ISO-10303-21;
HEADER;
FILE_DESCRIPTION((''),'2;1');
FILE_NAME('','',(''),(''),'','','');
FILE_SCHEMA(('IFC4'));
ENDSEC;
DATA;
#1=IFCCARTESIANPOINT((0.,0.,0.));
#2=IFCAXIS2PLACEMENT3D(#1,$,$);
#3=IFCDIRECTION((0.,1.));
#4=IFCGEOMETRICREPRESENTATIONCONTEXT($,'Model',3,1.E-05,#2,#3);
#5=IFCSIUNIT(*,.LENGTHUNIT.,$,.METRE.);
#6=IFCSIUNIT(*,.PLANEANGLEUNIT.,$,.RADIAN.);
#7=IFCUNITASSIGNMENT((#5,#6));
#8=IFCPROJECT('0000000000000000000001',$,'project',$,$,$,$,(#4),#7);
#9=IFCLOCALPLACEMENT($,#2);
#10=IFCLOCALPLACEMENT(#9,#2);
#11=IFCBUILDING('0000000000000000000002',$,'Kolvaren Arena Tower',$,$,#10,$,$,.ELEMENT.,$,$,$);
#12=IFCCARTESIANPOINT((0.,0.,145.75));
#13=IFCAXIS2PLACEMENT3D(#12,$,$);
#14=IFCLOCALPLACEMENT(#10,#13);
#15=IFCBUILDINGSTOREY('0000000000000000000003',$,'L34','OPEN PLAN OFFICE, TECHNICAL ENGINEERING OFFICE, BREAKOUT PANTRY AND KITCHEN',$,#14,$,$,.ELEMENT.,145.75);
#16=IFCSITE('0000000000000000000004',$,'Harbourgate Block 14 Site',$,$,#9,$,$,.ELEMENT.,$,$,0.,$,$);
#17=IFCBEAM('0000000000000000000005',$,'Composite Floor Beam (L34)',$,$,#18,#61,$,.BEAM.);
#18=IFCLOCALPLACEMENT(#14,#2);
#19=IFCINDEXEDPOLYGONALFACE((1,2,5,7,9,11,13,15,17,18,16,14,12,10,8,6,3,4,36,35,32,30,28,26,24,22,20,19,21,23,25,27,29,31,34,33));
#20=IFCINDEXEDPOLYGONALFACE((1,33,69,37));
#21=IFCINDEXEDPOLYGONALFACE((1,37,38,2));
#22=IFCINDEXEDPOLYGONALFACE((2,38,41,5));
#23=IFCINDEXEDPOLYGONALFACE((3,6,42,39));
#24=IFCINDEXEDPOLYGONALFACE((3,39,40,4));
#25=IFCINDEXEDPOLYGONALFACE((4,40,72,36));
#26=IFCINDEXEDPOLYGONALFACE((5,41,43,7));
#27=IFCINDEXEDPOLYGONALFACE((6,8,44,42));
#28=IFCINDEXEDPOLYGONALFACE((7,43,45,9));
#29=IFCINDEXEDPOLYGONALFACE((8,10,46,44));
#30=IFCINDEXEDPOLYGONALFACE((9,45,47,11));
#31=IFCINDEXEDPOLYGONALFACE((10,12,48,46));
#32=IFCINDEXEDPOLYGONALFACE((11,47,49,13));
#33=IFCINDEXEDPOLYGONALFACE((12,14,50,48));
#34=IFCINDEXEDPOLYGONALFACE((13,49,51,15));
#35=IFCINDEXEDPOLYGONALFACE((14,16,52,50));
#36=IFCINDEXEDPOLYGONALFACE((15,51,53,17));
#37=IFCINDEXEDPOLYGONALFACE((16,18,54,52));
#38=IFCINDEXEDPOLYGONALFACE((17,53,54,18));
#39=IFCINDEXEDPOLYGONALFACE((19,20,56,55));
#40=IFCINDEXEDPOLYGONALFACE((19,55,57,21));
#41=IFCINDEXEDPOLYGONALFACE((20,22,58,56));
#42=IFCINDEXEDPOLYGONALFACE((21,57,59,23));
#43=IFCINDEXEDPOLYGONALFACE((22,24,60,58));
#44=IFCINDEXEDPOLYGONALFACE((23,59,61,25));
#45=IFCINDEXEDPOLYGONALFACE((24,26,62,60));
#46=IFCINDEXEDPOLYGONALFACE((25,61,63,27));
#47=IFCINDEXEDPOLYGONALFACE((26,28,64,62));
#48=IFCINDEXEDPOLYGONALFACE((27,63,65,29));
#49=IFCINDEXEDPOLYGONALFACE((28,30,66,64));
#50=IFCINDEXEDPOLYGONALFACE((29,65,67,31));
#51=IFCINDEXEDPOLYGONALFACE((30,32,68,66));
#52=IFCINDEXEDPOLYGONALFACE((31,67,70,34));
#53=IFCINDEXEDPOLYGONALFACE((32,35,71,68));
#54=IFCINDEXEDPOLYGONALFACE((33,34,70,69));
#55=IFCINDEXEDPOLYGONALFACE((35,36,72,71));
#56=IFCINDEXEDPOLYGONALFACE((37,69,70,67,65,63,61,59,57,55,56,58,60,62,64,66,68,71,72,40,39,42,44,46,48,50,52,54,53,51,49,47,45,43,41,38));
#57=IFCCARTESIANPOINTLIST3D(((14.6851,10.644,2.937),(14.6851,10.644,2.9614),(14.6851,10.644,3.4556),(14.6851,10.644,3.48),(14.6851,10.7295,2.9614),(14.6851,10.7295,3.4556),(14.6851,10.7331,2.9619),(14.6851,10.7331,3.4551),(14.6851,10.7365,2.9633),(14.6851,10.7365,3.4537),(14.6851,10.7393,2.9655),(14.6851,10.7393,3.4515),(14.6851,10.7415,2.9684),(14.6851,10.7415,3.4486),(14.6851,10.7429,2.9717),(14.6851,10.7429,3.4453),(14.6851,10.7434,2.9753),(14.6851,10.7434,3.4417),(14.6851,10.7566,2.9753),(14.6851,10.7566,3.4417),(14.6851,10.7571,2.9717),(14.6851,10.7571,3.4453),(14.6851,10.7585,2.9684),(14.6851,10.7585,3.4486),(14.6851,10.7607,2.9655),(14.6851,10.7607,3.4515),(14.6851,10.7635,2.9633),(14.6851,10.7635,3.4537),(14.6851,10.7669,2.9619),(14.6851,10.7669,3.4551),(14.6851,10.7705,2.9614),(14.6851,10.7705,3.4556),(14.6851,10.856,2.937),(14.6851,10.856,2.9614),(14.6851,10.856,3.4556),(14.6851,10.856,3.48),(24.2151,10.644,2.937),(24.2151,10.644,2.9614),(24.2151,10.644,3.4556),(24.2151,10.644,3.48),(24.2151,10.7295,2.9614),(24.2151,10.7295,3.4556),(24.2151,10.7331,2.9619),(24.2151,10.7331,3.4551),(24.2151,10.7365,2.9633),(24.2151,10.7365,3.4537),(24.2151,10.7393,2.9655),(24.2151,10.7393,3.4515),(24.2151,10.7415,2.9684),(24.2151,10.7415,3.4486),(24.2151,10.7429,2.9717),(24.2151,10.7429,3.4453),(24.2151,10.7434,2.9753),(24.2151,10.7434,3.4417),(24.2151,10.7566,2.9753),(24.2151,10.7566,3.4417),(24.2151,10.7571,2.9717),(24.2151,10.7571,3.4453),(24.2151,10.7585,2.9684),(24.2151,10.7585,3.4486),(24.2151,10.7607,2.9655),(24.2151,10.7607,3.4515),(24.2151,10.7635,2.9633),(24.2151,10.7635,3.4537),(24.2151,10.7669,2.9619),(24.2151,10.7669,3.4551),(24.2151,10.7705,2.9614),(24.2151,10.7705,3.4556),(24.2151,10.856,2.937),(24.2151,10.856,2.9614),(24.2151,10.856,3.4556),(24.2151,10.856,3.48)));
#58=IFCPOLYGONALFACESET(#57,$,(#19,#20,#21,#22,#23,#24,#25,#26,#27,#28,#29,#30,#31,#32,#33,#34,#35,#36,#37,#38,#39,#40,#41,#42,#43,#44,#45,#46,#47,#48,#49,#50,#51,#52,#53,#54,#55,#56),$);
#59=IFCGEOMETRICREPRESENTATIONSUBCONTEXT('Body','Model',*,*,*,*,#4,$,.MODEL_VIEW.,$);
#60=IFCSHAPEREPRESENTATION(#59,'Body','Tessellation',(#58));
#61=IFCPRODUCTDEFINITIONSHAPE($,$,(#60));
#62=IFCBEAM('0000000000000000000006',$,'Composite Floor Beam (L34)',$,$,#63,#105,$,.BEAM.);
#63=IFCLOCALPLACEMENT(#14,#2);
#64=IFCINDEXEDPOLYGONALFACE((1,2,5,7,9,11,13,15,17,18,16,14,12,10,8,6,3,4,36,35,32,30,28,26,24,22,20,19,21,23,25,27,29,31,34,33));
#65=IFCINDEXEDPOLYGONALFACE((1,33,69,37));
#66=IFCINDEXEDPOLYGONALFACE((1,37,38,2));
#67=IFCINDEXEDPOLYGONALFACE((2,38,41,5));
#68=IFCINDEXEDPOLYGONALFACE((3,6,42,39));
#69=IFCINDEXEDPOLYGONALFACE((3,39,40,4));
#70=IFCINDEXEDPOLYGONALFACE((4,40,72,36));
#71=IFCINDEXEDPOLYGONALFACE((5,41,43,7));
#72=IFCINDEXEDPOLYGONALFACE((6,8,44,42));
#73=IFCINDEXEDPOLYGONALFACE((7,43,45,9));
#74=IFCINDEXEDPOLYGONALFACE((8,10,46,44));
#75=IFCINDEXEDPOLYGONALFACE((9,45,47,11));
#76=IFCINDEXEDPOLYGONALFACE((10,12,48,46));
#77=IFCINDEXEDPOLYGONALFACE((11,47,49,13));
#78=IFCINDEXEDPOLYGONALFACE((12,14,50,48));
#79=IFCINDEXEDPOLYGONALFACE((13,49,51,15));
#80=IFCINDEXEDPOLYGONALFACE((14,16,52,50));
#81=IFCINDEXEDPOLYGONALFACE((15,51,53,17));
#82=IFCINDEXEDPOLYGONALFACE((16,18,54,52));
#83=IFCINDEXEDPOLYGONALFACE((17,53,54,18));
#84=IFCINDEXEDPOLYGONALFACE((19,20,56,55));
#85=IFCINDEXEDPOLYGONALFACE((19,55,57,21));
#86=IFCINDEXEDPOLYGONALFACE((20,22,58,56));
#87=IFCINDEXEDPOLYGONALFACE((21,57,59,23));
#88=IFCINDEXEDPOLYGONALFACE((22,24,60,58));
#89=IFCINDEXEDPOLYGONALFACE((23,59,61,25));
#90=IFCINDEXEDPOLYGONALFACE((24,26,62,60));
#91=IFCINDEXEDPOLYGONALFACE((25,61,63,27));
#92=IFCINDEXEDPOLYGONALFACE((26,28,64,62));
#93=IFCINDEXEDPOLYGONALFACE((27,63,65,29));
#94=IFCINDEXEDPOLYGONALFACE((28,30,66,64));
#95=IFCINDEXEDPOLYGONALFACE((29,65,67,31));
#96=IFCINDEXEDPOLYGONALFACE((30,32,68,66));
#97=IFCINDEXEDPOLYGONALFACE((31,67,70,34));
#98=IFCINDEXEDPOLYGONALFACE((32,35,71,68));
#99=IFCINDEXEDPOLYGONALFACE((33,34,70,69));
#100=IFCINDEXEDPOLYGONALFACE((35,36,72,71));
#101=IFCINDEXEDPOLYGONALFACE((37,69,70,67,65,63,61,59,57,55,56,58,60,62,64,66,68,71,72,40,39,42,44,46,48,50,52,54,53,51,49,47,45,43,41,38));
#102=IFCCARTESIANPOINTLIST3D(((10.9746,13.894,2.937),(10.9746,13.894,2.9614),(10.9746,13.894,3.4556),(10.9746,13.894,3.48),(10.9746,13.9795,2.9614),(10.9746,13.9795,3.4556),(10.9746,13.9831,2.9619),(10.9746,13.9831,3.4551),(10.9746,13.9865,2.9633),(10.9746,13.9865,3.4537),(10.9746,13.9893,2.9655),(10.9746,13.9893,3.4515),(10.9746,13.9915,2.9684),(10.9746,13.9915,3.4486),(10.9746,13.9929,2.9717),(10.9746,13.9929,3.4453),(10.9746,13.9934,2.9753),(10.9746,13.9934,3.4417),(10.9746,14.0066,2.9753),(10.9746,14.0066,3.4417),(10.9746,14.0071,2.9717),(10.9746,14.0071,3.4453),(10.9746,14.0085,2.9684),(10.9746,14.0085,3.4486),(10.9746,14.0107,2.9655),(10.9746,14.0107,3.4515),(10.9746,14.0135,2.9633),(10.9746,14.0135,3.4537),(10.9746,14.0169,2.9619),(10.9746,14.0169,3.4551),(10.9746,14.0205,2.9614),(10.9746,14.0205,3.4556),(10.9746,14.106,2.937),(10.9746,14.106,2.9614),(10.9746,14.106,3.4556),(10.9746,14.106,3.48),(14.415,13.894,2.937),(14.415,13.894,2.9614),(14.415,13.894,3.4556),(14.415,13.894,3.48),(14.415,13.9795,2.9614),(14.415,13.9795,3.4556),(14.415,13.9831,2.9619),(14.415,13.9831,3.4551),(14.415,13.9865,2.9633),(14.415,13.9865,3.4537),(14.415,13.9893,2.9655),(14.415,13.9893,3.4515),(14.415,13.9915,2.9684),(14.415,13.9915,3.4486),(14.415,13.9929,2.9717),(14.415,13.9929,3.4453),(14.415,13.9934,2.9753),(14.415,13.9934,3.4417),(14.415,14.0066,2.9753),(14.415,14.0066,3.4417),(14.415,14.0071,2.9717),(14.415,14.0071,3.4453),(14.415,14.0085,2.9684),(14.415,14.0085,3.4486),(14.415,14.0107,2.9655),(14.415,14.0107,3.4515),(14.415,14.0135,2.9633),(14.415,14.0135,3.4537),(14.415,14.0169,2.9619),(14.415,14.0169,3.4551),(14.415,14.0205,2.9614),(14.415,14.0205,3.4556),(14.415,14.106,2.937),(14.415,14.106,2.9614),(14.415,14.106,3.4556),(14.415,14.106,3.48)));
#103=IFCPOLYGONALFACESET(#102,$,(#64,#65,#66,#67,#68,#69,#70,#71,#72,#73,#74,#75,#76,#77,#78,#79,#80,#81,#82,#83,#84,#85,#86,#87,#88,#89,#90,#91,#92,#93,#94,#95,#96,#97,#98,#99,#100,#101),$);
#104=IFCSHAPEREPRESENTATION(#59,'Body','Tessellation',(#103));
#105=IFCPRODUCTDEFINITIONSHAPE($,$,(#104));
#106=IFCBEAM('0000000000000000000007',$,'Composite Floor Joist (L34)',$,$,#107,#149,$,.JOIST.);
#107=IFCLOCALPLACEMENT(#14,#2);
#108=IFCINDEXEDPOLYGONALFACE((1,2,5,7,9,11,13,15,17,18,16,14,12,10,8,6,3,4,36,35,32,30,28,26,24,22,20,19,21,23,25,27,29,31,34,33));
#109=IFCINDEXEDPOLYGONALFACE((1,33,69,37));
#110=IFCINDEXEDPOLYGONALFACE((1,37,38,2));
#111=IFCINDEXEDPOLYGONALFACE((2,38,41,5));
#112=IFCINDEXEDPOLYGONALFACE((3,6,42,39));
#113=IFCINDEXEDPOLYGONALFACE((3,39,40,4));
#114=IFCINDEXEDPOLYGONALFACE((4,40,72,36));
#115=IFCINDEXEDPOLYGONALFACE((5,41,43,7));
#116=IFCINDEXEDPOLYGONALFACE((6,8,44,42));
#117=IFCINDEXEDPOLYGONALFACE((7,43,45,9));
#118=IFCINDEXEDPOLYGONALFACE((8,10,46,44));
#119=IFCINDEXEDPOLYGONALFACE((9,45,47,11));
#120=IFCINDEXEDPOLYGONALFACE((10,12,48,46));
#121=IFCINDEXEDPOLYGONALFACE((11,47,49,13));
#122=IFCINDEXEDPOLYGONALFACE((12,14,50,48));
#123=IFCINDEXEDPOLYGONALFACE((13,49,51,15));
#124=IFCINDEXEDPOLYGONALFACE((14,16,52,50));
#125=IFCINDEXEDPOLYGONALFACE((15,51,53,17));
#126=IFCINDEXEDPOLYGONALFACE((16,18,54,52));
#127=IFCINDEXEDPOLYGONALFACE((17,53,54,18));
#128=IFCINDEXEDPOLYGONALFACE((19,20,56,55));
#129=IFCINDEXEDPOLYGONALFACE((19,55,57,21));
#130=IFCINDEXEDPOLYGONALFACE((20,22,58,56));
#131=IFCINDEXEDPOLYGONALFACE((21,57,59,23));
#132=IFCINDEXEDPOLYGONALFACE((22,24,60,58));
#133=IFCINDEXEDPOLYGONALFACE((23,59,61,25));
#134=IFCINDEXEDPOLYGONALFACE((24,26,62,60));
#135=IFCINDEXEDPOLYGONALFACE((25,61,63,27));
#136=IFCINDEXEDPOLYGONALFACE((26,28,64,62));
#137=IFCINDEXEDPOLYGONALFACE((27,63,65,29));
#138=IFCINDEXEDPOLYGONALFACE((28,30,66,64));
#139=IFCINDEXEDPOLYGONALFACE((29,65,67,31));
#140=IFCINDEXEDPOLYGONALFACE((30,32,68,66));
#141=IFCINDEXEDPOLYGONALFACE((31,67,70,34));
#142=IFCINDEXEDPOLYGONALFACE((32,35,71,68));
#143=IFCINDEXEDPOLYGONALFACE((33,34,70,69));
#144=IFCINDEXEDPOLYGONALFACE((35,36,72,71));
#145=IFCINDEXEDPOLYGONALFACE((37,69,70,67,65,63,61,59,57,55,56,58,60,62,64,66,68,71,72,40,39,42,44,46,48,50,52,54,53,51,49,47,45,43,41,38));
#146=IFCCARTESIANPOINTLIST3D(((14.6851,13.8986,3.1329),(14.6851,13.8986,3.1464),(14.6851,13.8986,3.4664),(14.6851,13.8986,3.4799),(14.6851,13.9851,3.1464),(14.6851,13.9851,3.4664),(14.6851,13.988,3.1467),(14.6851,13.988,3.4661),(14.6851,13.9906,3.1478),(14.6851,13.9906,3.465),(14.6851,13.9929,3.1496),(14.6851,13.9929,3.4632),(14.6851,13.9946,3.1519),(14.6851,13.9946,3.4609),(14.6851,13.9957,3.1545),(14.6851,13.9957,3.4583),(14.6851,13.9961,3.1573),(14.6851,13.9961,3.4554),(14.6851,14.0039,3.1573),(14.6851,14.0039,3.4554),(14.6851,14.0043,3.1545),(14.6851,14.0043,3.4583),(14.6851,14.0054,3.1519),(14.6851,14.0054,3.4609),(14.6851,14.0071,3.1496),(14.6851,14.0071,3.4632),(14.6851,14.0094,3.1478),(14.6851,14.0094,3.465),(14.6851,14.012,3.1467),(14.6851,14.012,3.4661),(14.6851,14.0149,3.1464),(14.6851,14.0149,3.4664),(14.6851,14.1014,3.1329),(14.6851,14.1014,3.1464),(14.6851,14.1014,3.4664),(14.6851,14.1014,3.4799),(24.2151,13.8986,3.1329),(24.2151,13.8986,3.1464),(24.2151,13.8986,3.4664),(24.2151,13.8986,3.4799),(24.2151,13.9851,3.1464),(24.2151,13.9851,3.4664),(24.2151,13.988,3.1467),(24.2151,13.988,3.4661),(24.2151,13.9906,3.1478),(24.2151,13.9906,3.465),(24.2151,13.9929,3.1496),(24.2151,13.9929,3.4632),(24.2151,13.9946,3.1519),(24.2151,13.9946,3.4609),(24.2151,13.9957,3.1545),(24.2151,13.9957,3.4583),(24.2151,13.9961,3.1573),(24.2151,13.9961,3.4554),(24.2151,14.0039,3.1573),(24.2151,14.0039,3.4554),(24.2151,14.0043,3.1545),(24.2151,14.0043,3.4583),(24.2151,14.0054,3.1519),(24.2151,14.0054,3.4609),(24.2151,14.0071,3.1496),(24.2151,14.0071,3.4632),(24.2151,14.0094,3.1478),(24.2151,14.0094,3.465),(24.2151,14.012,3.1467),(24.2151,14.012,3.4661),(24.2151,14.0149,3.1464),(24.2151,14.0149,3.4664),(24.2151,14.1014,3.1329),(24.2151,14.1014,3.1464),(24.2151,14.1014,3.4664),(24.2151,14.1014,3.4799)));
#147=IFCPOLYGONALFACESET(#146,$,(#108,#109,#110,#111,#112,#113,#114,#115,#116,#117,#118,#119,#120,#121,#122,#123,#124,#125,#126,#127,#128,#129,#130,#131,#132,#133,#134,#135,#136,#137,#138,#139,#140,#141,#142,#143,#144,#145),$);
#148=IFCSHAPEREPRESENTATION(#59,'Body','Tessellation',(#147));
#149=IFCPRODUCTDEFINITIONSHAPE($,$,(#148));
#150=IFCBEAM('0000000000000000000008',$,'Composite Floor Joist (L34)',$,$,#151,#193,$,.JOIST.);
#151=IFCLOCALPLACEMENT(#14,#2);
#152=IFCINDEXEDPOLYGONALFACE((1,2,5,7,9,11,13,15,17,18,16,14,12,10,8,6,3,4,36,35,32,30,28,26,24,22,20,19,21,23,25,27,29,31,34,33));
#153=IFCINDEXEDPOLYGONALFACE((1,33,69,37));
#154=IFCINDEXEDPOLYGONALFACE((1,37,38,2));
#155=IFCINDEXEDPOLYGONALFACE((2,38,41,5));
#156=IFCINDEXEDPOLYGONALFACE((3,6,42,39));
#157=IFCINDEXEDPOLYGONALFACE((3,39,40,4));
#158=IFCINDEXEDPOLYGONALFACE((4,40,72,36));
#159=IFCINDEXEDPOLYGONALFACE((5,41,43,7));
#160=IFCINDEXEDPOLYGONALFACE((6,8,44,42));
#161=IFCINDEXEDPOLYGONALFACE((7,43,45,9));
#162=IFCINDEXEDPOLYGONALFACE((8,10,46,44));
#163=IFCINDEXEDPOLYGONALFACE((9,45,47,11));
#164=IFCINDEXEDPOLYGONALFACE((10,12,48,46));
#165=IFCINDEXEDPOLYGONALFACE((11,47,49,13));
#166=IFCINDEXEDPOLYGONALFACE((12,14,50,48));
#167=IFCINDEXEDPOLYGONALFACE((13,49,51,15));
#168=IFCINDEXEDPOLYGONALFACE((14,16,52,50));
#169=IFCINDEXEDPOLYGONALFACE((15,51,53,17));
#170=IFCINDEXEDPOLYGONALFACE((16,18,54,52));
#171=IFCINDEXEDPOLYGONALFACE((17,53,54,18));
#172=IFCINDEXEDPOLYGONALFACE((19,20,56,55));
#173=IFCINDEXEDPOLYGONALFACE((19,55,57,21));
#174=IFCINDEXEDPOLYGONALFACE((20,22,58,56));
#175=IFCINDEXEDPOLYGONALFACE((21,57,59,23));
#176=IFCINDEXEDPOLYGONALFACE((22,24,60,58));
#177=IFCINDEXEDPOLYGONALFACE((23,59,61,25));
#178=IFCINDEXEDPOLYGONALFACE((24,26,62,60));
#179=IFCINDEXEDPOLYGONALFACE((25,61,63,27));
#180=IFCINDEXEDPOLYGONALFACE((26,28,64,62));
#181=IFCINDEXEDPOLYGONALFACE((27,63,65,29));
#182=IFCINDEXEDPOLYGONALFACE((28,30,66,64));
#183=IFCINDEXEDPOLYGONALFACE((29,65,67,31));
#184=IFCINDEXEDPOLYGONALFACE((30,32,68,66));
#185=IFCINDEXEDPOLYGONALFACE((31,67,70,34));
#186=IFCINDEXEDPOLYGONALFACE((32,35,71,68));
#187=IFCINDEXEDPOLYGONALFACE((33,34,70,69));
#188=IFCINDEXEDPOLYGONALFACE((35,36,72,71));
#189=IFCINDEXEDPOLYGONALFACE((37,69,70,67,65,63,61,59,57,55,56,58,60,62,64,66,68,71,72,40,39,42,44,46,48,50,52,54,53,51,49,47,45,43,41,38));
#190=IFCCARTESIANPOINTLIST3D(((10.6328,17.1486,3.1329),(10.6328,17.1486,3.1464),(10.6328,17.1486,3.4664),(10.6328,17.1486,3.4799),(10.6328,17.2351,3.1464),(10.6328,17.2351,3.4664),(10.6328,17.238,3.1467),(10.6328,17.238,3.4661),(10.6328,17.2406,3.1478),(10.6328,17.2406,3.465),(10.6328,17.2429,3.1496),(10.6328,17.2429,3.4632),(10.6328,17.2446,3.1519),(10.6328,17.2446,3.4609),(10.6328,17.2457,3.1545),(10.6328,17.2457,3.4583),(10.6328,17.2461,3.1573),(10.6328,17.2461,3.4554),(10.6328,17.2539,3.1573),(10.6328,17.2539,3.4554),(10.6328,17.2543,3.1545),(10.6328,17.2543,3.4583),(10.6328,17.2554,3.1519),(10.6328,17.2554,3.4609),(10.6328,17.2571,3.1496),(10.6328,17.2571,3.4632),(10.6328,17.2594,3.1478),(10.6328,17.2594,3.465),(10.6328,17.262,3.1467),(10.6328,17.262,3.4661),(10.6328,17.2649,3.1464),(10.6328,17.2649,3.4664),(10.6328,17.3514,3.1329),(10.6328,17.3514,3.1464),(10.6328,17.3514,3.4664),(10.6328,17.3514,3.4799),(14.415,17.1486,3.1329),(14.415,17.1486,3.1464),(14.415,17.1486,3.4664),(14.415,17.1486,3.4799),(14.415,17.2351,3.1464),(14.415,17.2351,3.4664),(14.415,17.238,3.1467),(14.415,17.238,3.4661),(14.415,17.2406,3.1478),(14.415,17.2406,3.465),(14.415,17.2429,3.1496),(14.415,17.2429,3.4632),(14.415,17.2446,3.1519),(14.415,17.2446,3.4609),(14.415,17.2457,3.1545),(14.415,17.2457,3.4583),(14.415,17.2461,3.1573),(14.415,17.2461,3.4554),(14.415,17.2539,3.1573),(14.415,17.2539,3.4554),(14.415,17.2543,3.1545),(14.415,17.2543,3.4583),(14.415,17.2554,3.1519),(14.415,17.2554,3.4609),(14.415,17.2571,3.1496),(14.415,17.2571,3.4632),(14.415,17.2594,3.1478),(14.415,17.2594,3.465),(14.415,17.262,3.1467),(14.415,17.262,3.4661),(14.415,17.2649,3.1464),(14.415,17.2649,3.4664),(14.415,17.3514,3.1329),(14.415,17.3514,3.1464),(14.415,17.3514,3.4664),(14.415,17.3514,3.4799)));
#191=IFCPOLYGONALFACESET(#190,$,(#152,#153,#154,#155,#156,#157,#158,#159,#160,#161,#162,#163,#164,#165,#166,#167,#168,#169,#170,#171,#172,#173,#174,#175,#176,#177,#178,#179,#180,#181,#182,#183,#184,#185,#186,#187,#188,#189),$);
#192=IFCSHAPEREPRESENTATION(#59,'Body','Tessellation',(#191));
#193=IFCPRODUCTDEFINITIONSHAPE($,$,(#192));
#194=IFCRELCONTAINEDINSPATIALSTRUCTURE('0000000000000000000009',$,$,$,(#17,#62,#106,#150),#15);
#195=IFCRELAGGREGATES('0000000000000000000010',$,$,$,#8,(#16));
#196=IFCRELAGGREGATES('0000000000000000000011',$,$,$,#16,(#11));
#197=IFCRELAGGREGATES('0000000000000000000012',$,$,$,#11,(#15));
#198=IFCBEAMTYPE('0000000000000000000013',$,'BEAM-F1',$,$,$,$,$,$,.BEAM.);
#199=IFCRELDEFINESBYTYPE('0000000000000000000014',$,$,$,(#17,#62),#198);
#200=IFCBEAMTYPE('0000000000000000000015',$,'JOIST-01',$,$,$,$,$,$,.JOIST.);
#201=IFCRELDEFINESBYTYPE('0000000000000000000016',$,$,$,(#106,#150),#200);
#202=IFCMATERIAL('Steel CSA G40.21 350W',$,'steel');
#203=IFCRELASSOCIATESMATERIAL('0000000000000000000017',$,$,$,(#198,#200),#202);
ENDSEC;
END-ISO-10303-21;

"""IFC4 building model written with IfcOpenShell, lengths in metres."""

from ifc_helpers import new_model, si_unit, direction, frame, origin, origin_2d, place, context, subcontext, project, spatial, i_section, extrude, material, material_profile, profile_set, type_object, element, save


model = new_model("IFC4")

# Units and contexts
model_context = context("Model", 3, precision=1e-05, world=origin(), true_north=direction((0.0, 1.0)))
body_context = subcontext(model_context, "Body", "Model", "MODEL_VIEW")
ifc_project = project(units=[si_unit("LENGTHUNIT", "METRE"), si_unit("PLANEANGLEUNIT", "RADIAN")], contexts=[model_context])

# Site, building, storey
site_placement = place(None, origin())
site = spatial("IfcSite", under=ifc_project, at=site_placement, Name="Harbourgate Block 14 Site", CompositionType="ELEMENT", RefElevation=0.0)
building_placement = place(site_placement, origin())
building = spatial("IfcBuilding", under=site, at=building_placement, Name="Kolvaren Arena Tower", CompositionType="ELEMENT")
storey_placement = place(building_placement, frame((0.0, 0.0, 145.75)))
storey = spatial("IfcBuildingStorey", under=building, at=storey_placement, Name="L34", Description="OPEN PLAN OFFICE, TECHNICAL ENGINEERING OFFICE, BREAKOUT PANTRY AND KITCHEN", CompositionType="ELEMENT", Elevation=145.75)

# Beams
ifc_material_1 = material(Name="Steel CSA G40.21 350W", Category="steel")
ifc_material_profile_1 = material_profile(ifc_material_1, i_section(OverallWidth=0.2119, OverallDepth=0.543, WebThickness=0.0132, FlangeThickness=0.0244, FilletRadius=0.0139, at=origin_2d()), Name="W530x150")
ifc_profile_set_1 = profile_set([ifc_material_profile_1], Name="Steel CSA G40.21 350W")
beam_type_1 = type_object("IfcBeamType", Name="BEAM-F1", PredefinedType="BEAM", material=ifc_profile_set_1)
beam_1_placement = place(storey_placement, frame((14.6851, 10.75, 3.2085), z_axis=(1.0, 0.0, 0.0), x_axis=(0.0, 1.0, 0.0)))
element("IfcBeam", 1, at=beam_1_placement, inside=storey, type_object=beam_type_1, Name="Composite Floor Beam (L34)", PredefinedType="BEAM", context=body_context, shape_type="SweptSolid", body=[
    extrude(i_section(OverallWidth=0.2119, OverallDepth=0.543, WebThickness=0.0132, FlangeThickness=0.0244, FilletRadius=0.0139, at=origin_2d()), origin(), (0.0, 0.0, 1.0), 9.53),
])
beam_2_placement = place(storey_placement, frame((10.9746, 14.0, 3.2085), z_axis=(1.0, 0.0, 0.0), x_axis=(0.0, 1.0, 0.0)))
element("IfcBeam", 2, at=beam_2_placement, inside=storey, type_object=beam_type_1, Name="Composite Floor Beam (L34)", PredefinedType="BEAM", context=body_context, shape_type="SweptSolid", body=[
    extrude(i_section(OverallWidth=0.2119, OverallDepth=0.543, WebThickness=0.0132, FlangeThickness=0.0244, FilletRadius=0.0139, at=origin_2d()), origin(), (0.0, 0.0, 1.0), 3.4404),
])
ifc_material_profile_2 = material_profile(ifc_material_1, i_section(OverallWidth=0.2029, OverallDepth=0.3469, WebThickness=0.0078, FlangeThickness=0.0134, FilletRadius=0.011, at=origin_2d()), Name="W360x64")
ifc_profile_set_2 = profile_set([ifc_material_profile_2], Name="Steel CSA G40.21 350W")
beam_type_2 = type_object("IfcBeamType", Name="JOIST-01", PredefinedType="JOIST", material=ifc_profile_set_2)
beam_3_placement = place(storey_placement, frame((14.6851, 14.0, 3.3064), z_axis=(1.0, 0.0, 0.0), x_axis=(0.0, 1.0, 0.0)))
element("IfcBeam", 3, at=beam_3_placement, inside=storey, type_object=beam_type_2, Name="Composite Floor Joist (L34)", PredefinedType="JOIST", context=body_context, shape_type="SweptSolid", body=[
    extrude(i_section(OverallWidth=0.2029, OverallDepth=0.3469, WebThickness=0.0078, FlangeThickness=0.0134, FilletRadius=0.011, at=origin_2d()), origin(), (0.0, 0.0, 1.0), 9.53),
])
beam_4_placement = place(storey_placement, frame((10.6328, 17.25, 3.3064), z_axis=(1.0, 0.0, 0.0), x_axis=(0.0, 1.0, 0.0)))
element("IfcBeam", 4, at=beam_4_placement, inside=storey, type_object=beam_type_2, Name="Composite Floor Joist (L34)", PredefinedType="JOIST", context=body_context, shape_type="SweptSolid", body=[
    extrude(i_section(OverallWidth=0.2029, OverallDepth=0.3469, WebThickness=0.0078, FlangeThickness=0.0134, FilletRadius=0.011, at=origin_2d()), origin(), (0.0, 0.0, 1.0), 3.7822),
])

save(model, "model.ifc")
